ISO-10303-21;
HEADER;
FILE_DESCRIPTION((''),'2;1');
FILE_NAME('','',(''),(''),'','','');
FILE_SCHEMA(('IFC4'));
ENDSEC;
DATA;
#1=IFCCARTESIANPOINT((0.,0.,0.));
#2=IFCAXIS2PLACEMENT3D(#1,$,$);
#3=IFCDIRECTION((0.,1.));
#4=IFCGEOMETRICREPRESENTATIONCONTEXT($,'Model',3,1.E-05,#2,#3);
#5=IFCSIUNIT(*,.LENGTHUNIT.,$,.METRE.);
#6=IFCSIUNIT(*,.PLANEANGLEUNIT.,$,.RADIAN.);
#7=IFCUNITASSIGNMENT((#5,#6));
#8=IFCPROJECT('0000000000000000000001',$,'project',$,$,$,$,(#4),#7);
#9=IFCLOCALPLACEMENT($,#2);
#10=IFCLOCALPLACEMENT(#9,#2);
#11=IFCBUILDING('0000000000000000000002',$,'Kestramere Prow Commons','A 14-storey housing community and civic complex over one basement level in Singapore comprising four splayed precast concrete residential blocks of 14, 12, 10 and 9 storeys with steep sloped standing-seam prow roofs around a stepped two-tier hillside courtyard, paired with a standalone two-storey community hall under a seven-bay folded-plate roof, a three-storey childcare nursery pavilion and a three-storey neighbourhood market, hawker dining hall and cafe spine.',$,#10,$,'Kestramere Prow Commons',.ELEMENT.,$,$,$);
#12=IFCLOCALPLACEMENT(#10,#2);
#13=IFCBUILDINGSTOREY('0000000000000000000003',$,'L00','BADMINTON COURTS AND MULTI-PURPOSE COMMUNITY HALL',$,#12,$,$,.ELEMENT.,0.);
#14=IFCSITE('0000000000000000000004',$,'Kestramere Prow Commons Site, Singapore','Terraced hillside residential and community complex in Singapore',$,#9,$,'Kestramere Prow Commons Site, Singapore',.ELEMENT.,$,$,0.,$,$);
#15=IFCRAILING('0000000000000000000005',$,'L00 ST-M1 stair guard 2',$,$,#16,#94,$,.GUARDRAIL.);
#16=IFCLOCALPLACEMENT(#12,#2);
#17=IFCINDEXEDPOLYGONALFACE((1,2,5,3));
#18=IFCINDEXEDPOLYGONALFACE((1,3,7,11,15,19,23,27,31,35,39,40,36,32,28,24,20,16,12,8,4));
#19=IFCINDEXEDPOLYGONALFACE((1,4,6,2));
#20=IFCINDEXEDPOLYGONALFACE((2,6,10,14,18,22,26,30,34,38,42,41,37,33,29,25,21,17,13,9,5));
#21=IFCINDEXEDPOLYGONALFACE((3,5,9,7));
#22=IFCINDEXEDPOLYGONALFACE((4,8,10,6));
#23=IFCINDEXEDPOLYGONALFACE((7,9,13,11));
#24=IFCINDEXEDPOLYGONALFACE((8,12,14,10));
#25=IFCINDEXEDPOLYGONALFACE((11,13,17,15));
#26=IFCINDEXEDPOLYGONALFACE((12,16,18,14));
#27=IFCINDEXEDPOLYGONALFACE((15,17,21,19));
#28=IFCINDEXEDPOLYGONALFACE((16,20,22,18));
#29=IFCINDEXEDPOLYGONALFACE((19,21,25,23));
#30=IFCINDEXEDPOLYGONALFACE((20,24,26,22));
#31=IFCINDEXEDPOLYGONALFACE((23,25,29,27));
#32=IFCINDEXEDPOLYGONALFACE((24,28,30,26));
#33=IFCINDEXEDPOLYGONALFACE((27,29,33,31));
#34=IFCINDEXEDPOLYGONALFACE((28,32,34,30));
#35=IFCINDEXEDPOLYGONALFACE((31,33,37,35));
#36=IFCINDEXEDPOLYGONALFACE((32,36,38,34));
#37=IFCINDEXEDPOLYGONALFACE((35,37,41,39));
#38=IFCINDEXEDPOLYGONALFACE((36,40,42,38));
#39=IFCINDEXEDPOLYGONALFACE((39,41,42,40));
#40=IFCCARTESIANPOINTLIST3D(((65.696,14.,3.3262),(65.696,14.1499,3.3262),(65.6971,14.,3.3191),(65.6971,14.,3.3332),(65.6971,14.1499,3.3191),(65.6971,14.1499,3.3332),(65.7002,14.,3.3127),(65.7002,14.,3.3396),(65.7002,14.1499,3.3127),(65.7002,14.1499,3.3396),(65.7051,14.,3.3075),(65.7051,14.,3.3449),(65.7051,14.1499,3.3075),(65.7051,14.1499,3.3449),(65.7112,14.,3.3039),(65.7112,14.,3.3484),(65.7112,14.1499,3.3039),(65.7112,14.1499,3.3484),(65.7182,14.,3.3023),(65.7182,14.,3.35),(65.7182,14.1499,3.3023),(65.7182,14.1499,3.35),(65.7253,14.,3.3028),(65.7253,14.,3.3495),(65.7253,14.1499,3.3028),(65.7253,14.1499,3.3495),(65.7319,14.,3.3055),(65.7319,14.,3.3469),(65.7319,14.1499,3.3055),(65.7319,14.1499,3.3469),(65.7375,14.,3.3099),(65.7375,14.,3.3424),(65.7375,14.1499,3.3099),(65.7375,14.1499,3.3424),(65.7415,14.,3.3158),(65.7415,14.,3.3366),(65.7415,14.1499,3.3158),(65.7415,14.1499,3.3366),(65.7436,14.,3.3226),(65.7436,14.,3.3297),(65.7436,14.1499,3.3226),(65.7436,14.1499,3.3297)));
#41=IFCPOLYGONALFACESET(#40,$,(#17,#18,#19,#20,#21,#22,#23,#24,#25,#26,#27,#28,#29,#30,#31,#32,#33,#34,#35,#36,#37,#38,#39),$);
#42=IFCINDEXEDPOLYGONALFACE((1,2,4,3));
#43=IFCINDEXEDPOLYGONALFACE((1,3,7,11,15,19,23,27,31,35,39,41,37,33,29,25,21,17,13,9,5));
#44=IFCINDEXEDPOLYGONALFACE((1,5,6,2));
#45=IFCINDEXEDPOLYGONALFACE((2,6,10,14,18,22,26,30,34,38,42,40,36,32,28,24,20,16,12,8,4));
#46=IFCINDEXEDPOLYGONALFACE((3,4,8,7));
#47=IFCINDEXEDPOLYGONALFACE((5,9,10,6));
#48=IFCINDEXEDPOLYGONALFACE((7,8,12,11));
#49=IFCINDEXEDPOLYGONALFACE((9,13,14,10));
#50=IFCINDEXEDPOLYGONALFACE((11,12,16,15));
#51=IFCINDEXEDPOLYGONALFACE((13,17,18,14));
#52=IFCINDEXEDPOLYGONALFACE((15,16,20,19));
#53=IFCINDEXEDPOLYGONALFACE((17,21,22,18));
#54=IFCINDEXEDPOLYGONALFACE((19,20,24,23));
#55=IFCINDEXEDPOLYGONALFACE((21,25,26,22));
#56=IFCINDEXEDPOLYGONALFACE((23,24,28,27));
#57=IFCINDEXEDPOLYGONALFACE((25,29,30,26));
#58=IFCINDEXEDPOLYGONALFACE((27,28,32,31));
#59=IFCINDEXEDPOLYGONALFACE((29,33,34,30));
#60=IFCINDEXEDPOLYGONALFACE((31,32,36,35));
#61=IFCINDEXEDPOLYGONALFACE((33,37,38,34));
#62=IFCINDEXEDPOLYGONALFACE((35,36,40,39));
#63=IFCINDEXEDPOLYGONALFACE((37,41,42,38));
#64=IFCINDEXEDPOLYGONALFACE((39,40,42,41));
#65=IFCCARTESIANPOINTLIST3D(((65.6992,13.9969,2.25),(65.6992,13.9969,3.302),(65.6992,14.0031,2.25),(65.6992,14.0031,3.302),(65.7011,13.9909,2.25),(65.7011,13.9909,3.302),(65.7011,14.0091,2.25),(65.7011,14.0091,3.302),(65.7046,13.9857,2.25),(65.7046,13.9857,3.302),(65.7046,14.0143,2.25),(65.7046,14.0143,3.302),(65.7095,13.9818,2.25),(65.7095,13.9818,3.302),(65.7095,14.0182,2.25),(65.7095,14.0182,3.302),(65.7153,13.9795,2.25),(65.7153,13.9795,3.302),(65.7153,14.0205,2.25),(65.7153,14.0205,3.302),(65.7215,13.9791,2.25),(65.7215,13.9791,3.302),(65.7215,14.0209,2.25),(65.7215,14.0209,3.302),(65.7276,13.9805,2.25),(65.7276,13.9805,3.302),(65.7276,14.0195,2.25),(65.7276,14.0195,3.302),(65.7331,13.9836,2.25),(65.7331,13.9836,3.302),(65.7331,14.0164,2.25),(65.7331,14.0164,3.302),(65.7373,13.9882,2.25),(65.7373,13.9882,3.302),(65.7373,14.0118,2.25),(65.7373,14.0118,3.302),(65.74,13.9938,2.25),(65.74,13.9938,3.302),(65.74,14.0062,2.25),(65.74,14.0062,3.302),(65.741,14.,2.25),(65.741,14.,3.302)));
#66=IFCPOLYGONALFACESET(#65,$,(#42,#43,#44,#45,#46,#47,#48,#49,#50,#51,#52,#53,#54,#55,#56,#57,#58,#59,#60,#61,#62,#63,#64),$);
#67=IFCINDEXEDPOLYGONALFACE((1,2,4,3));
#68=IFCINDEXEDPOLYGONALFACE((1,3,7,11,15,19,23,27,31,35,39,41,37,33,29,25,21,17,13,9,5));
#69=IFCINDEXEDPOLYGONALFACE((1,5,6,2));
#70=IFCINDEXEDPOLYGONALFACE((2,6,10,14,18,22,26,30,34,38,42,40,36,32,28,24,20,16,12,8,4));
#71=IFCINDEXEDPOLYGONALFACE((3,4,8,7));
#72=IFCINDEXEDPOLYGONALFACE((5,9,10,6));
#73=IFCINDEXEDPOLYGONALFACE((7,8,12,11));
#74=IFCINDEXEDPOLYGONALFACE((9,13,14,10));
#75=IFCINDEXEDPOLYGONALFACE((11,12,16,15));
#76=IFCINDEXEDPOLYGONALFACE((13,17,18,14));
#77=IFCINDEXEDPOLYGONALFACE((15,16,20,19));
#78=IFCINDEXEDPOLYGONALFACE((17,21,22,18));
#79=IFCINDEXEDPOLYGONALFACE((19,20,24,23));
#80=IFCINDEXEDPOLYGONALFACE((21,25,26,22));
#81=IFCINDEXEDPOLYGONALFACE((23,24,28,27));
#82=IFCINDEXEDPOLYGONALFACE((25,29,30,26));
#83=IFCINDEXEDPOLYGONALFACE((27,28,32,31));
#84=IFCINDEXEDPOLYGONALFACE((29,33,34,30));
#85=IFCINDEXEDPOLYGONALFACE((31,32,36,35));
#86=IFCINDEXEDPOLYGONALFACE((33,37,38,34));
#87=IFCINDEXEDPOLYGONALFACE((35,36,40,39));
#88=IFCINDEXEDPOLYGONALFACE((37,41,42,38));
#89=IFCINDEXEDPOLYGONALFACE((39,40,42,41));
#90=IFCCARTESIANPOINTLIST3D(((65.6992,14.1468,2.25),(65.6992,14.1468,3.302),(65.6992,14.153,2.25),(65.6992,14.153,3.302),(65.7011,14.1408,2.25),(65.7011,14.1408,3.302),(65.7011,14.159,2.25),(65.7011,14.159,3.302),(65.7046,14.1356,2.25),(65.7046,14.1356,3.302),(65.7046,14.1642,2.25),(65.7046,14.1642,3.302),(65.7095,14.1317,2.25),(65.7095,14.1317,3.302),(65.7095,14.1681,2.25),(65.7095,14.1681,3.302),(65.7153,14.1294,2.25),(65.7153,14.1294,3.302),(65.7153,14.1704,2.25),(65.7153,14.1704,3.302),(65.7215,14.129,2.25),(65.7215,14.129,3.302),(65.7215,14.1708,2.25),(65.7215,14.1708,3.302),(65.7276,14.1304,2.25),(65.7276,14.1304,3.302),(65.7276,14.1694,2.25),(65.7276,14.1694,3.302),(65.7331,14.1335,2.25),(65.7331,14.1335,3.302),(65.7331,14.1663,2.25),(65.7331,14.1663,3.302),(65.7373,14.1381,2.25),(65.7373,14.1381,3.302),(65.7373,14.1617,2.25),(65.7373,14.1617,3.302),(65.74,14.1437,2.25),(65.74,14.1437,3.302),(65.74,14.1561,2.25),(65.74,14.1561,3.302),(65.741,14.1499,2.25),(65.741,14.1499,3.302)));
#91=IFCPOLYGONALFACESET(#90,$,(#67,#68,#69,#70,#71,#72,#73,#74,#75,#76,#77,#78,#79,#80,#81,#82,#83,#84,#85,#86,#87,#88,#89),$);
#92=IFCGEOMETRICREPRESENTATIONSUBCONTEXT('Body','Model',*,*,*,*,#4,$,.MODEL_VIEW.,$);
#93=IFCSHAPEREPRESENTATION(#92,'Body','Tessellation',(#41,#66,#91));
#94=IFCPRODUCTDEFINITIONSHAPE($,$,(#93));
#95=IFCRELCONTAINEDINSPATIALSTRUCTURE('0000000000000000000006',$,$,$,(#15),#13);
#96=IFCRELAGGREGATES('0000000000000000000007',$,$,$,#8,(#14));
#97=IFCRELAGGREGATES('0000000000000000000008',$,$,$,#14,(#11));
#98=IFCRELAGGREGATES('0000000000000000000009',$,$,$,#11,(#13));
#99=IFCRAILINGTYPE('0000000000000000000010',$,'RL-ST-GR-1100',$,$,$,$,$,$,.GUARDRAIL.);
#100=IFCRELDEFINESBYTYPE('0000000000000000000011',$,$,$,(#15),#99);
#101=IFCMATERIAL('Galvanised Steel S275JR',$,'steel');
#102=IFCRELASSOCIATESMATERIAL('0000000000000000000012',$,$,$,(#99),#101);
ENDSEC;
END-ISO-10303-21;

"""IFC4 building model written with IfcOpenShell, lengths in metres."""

from ifc_helpers import new_model, si_unit, direction, frame, origin, origin_2d, place, context, subcontext, project, spatial, circle, extrude, material, type_object, element, save


model = new_model("IFC4")

# Units and contexts
model_context = context("Model", 3, precision=1e-05, world=origin(), true_north=direction((0.0, 1.0)))
body_context = subcontext(model_context, "Body", "Model", "MODEL_VIEW")
ifc_project = project(units=[si_unit("LENGTHUNIT", "METRE"), si_unit("PLANEANGLEUNIT", "RADIAN")], contexts=[model_context])

# Site, building, storey
site_placement = place(None, origin())
site = spatial("IfcSite", under=ifc_project, at=site_placement, Name="Kestramere Prow Commons Site, Singapore", Description="Terraced hillside residential and community complex in Singapore", LongName="Kestramere Prow Commons Site, Singapore", CompositionType="ELEMENT", RefElevation=0.0)
building_placement = place(site_placement, origin())
building = spatial("IfcBuilding", under=site, at=building_placement, Name="Kestramere Prow Commons", Description="A 14-storey housing community and civic complex over one basement level in Singapore comprising four splayed precast concrete residential blocks of 14, 12, 10 and 9 storeys with steep sloped standing-seam prow roofs around a stepped two-tier hillside courtyard, paired with a standalone two-storey community hall under a seven-bay folded-plate roof, a three-storey childcare nursery pavilion and a three-storey neighbourhood market, hawker dining hall and cafe spine.", LongName="Kestramere Prow Commons", CompositionType="ELEMENT")
storey_placement = place(building_placement, origin())
storey = spatial("IfcBuildingStorey", under=building, at=storey_placement, Name="L00", Description="BADMINTON COURTS AND MULTI-PURPOSE COMMUNITY HALL", CompositionType="ELEMENT", Elevation=0.0)

# Railing
ifc_material_1 = material(Name="Galvanised Steel S275JR", Category="steel")
railing_type_1 = type_object("IfcRailingType", Name="RL-ST-GR-1100", PredefinedType="GUARDRAIL", material=ifc_material_1)
railing_1_placement = place(storey_placement, frame((65.72, 14.0, 2.25)))
element("IfcRailing", 1, at=railing_1_placement, inside=storey, type_object=railing_type_1, Name="L00 ST-M1 stair guard 2", PredefinedType="GUARDRAIL", context=body_context, shape_type="SweptSolid", body=[
    extrude(circle(Radius=0.0239, at=origin_2d()), frame((0.0, 0.0, 1.0762), z_axis=(0.0, 1.0, 0.0), x_axis=(-1.0, 0.0, 0.0)), (0.0, 0.0, 1.0), 0.1499),
    extrude(circle(Radius=0.021, at=origin_2d()), origin(), (0.0, 0.0, 1.0), 1.052),
    extrude(circle(Radius=0.021, at=origin_2d()), frame((0.0, 0.1499, 0.0)), (0.0, 0.0, 1.0), 1.052),
])

save(model, "model.ifc")
